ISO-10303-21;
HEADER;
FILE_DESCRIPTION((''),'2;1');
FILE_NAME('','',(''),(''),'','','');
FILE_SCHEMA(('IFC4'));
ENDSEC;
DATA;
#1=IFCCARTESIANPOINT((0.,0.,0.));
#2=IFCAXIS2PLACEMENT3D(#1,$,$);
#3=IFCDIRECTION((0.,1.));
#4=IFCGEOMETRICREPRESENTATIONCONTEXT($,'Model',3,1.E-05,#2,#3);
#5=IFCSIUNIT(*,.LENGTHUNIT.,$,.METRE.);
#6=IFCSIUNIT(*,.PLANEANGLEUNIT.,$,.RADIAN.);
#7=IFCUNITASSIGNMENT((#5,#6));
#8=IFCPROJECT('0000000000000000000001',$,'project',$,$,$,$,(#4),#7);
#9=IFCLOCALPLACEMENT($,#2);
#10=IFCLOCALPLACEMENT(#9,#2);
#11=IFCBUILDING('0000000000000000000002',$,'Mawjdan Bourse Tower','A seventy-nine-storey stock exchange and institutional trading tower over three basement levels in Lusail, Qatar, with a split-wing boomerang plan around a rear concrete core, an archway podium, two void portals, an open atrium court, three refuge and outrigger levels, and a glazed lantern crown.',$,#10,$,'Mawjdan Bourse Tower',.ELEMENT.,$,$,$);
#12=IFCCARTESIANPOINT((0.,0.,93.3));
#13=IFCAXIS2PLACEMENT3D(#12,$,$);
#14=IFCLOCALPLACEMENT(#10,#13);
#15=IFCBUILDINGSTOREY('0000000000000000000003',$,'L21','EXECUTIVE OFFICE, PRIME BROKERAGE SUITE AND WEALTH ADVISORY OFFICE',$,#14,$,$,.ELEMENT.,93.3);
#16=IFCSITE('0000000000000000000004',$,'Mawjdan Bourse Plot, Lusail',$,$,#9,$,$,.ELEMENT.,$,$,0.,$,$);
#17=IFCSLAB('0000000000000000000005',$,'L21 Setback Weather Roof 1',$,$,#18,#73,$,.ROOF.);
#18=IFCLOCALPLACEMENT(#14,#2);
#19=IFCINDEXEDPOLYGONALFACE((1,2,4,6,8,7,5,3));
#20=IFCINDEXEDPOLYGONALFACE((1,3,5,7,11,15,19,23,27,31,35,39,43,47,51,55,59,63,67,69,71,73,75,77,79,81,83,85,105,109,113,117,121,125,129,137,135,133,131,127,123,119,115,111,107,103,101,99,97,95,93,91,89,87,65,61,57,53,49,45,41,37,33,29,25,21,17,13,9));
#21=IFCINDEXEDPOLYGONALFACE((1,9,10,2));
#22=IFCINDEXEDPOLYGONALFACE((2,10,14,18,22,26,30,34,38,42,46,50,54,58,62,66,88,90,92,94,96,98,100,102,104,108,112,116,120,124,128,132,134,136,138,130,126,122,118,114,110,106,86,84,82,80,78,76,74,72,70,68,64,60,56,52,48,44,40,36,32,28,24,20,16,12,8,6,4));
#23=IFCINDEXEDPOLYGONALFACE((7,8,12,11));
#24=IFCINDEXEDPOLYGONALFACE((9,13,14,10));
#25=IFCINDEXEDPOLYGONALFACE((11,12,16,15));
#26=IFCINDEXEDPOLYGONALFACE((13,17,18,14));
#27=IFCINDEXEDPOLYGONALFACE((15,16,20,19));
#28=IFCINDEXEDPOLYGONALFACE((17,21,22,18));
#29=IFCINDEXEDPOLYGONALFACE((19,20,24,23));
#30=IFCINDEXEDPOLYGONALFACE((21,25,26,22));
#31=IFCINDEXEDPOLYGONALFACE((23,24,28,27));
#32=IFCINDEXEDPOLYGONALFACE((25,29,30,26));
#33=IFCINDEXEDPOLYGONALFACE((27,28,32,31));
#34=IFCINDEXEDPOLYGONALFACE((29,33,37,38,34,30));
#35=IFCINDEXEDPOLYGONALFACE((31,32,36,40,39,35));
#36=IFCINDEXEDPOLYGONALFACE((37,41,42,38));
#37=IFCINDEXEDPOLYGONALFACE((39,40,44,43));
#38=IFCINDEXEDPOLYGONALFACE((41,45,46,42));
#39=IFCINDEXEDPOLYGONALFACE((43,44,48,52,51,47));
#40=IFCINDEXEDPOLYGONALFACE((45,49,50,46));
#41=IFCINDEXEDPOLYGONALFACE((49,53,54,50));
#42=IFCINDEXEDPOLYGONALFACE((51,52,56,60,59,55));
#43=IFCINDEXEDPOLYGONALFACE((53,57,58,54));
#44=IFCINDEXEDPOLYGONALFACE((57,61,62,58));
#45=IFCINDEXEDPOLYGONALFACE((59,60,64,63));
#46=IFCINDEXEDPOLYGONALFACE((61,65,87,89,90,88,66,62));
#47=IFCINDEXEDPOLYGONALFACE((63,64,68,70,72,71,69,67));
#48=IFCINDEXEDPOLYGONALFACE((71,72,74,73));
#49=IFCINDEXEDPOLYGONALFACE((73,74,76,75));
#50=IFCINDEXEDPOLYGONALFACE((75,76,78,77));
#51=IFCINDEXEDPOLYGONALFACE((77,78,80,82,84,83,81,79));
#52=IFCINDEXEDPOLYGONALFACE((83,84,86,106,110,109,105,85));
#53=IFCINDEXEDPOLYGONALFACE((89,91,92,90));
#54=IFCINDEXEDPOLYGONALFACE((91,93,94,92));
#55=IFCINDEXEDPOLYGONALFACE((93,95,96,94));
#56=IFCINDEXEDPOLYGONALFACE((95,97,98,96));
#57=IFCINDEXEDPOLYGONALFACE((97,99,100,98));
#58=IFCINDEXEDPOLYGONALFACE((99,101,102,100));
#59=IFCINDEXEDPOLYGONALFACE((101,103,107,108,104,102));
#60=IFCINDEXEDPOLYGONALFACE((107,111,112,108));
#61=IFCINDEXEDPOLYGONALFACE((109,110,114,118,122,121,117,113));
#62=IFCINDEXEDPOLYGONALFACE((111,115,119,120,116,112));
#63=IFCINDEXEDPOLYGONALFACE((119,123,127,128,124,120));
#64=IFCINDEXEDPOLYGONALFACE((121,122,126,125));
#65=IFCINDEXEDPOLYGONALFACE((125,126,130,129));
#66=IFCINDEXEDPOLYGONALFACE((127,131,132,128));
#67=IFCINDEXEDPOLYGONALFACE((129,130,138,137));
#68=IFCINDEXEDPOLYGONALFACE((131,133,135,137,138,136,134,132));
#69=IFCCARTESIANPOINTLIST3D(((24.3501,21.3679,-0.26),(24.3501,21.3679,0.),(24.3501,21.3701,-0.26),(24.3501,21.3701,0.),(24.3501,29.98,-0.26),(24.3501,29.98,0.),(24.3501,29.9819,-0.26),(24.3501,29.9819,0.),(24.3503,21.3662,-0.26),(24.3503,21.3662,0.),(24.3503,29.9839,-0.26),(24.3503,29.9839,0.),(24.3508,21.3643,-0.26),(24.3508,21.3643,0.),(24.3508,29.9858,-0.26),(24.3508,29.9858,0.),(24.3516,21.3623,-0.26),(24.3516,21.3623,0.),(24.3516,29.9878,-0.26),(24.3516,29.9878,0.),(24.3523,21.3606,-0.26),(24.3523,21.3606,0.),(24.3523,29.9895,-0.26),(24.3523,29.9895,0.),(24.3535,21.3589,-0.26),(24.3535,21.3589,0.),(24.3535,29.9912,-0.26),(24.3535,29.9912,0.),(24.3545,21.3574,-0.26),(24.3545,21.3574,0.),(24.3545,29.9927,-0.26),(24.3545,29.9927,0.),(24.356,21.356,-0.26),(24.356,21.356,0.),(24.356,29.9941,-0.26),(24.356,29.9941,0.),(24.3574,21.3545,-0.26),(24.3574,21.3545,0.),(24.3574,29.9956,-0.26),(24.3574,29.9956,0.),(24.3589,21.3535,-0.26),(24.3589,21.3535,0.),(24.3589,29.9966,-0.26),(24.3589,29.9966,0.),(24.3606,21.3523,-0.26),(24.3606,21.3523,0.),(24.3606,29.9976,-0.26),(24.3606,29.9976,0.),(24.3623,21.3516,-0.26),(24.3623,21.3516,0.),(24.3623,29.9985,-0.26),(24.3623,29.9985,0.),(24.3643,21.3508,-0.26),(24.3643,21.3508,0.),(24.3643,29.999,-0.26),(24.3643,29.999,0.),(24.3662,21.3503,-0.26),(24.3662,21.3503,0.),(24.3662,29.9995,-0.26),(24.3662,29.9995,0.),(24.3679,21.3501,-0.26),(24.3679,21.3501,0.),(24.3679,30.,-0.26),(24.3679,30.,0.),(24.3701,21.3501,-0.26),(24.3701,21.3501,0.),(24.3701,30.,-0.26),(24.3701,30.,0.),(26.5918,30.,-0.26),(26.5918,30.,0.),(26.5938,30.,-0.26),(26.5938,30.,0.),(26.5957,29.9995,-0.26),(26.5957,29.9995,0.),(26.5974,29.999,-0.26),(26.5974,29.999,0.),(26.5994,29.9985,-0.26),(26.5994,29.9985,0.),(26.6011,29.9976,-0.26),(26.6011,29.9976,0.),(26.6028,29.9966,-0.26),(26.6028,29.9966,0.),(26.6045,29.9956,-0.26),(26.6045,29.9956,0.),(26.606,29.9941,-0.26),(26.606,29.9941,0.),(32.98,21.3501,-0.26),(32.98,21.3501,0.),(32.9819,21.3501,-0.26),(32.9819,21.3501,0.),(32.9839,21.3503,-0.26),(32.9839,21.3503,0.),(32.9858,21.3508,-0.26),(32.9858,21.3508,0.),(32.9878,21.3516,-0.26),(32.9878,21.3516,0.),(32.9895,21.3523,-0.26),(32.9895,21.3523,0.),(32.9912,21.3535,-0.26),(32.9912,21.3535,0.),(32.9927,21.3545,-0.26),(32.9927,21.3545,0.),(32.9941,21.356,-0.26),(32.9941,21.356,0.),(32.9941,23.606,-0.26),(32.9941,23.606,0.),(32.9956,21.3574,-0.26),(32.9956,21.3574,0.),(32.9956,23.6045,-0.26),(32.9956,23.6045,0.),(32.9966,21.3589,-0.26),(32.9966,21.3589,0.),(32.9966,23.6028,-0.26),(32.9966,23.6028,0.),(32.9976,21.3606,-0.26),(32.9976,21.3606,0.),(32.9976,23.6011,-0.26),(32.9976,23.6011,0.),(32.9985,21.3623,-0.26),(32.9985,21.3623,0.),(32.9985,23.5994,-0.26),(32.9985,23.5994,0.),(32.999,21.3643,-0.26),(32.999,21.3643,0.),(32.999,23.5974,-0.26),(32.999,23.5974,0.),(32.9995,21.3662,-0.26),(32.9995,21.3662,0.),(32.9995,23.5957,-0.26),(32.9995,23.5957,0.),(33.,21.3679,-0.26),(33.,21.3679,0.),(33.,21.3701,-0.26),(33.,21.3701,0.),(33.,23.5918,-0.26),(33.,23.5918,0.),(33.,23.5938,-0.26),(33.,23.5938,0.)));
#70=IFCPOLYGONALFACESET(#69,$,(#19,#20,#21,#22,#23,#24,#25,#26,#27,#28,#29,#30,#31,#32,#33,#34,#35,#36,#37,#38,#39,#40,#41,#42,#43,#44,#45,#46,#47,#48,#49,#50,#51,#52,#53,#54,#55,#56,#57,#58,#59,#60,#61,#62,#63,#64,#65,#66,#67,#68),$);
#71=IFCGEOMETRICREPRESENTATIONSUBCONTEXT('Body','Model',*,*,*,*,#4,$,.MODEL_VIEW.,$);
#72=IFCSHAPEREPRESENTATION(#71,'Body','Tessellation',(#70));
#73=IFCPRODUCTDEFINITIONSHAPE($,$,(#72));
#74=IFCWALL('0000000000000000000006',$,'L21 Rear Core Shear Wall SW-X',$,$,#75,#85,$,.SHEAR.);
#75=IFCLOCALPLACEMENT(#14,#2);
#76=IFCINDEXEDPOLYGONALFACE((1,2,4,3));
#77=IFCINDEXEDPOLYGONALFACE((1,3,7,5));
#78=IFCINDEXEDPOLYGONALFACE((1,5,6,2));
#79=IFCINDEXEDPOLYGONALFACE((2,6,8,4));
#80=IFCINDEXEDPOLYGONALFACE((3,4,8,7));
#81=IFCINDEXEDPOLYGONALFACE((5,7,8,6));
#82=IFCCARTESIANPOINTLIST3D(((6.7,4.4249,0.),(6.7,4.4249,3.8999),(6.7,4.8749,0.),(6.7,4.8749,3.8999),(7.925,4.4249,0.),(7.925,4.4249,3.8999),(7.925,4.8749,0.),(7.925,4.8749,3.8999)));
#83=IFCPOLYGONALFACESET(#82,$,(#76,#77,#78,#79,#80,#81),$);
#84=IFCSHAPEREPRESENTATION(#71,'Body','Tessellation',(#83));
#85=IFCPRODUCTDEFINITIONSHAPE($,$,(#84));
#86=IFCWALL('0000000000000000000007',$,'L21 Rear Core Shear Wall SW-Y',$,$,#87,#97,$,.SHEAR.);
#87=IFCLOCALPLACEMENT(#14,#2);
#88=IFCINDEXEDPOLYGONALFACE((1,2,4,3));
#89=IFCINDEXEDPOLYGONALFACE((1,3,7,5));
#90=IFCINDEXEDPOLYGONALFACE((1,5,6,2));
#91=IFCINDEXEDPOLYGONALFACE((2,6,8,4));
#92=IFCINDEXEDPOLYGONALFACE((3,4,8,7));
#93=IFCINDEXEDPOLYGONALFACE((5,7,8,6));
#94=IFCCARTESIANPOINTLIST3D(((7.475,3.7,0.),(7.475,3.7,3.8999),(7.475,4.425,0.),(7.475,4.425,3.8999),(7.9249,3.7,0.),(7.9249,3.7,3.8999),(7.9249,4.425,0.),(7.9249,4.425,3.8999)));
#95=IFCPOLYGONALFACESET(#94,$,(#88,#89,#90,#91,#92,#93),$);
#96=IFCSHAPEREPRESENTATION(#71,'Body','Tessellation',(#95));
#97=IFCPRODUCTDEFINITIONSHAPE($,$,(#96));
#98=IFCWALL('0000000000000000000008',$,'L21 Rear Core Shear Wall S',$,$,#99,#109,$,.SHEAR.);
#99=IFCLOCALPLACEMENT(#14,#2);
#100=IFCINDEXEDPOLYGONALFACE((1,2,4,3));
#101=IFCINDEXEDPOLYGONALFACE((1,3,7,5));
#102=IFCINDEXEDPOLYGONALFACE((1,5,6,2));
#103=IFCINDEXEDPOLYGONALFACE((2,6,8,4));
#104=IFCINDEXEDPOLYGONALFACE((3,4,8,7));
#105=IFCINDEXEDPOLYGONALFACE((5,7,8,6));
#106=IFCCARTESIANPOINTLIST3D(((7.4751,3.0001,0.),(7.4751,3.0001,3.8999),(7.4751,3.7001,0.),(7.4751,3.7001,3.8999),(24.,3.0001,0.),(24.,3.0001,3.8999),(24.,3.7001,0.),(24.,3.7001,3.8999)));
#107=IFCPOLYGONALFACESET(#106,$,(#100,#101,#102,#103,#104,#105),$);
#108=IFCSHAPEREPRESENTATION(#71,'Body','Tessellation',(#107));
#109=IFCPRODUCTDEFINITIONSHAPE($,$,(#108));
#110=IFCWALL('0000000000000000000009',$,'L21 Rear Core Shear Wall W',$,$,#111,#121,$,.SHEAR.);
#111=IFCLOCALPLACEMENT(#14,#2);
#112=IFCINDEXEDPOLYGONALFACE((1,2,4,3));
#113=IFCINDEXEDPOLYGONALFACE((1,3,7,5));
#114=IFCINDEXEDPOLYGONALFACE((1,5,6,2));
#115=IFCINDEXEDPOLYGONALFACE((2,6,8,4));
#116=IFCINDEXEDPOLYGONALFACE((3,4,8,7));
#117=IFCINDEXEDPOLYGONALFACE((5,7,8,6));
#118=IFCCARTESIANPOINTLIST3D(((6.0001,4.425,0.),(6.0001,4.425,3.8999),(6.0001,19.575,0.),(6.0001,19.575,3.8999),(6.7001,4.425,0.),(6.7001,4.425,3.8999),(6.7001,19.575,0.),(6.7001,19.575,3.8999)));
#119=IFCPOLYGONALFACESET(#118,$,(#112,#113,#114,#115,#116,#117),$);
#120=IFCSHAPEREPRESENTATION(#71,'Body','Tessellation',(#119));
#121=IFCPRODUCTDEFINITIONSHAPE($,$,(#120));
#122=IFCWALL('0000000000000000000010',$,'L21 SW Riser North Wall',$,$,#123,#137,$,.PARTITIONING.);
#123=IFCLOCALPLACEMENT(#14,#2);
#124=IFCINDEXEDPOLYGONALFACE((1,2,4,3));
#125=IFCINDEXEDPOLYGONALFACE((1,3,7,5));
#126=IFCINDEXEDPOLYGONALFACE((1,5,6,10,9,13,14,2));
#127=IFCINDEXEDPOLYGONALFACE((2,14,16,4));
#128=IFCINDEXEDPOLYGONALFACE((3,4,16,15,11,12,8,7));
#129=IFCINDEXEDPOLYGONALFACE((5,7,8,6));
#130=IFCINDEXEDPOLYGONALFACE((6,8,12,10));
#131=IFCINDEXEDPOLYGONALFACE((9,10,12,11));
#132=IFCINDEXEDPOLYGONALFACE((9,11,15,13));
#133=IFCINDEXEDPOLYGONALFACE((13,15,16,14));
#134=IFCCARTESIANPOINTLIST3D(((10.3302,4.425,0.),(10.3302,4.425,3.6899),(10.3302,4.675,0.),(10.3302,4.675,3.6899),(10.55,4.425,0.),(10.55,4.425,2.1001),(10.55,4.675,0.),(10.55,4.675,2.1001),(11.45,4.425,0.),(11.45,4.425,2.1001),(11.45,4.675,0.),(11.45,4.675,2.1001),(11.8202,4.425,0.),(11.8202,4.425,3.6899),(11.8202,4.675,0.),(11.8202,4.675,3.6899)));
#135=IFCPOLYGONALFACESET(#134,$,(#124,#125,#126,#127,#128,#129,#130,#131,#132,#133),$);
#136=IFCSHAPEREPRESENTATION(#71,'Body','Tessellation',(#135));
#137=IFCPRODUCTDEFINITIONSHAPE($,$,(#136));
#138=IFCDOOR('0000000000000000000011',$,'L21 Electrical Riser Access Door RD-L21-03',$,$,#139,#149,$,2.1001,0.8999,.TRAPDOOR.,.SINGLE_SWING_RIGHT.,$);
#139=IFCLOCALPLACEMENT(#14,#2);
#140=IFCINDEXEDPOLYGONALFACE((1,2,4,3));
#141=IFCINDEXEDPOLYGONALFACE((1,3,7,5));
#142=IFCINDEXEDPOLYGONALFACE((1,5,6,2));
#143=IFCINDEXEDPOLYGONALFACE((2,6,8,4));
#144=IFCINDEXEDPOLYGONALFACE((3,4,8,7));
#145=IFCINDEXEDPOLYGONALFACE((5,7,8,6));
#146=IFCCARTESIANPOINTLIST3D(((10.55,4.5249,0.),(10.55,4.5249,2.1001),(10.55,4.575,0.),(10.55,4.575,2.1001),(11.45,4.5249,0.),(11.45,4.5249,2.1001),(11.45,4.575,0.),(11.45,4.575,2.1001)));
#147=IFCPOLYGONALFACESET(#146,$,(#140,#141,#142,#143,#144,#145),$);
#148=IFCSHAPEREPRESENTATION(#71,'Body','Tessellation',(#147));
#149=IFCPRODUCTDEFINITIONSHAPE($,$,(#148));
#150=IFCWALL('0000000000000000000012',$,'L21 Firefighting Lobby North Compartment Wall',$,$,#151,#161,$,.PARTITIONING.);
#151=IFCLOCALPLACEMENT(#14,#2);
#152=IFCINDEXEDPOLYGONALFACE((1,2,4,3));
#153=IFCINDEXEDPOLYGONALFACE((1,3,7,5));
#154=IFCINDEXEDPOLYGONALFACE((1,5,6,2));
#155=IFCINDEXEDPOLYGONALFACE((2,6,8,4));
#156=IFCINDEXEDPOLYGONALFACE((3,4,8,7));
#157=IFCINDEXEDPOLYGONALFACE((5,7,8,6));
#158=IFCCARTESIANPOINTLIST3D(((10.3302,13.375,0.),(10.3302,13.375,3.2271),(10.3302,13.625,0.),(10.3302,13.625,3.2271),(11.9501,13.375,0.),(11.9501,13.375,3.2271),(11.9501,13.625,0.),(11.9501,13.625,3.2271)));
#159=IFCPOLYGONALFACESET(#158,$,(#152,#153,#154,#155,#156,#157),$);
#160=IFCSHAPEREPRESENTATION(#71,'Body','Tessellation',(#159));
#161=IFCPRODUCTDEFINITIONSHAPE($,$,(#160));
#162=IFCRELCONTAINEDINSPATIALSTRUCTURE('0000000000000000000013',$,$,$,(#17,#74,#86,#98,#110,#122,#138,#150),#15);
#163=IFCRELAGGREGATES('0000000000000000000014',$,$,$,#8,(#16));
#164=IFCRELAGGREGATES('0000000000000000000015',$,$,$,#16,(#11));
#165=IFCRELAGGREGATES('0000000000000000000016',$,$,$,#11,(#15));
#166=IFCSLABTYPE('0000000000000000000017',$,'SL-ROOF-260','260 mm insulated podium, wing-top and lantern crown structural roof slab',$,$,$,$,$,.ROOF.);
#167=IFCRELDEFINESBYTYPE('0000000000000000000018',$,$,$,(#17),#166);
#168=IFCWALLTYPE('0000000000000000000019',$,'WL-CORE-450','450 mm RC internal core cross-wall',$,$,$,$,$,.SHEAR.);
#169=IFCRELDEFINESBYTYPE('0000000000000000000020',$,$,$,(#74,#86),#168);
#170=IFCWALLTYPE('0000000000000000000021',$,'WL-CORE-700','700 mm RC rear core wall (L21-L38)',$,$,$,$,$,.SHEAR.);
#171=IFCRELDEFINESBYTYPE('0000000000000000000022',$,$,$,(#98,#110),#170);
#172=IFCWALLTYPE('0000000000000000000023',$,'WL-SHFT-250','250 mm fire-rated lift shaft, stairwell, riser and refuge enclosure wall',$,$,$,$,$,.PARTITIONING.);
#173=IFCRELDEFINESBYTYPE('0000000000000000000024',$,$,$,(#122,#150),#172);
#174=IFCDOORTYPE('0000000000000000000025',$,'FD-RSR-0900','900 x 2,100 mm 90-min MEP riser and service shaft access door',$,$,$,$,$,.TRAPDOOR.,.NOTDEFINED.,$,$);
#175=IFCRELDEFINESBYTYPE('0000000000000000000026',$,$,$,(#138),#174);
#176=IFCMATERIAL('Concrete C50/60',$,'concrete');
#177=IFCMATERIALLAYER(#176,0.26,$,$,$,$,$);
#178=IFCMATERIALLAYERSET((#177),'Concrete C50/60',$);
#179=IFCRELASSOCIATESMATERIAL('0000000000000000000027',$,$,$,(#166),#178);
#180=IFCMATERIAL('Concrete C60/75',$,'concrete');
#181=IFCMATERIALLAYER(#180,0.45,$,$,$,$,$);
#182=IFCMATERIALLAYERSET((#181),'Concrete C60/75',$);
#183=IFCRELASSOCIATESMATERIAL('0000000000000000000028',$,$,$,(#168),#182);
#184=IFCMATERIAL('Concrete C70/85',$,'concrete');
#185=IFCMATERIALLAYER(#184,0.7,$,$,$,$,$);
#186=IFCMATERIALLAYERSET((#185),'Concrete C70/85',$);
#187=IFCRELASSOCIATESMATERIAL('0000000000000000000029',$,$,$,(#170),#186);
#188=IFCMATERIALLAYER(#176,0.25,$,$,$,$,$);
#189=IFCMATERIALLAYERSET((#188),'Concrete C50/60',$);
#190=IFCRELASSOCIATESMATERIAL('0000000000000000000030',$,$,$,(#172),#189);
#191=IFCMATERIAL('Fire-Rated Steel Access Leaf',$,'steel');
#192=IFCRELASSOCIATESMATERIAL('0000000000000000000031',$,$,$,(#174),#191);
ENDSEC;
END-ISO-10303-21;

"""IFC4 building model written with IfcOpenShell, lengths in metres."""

from ifc_helpers import new_model, si_unit, direction, frame, frame_2d, origin, place, context, subcontext, project, spatial, polyline, rectangle, outline, extrude, material, layer, layer_set, type_object, element, fill, save


model = new_model("IFC4")

# Units and contexts
model_context = context("Model", 3, precision=1e-05, world=origin(), true_north=direction((0.0, 1.0)))
body_context = subcontext(model_context, "Body", "Model", "MODEL_VIEW")
ifc_project = project(units=[si_unit("LENGTHUNIT", "METRE"), si_unit("PLANEANGLEUNIT", "RADIAN")], contexts=[model_context])

# Site, building, storey
site_placement = place(None, origin())
site = spatial("IfcSite", under=ifc_project, at=site_placement, Name="Mawjdan Bourse Plot, Lusail", CompositionType="ELEMENT", RefElevation=0.0)
building_placement = place(site_placement, origin())
building = spatial("IfcBuilding", under=site, at=building_placement, Name="Mawjdan Bourse Tower", Description="A seventy-nine-storey stock exchange and institutional trading tower over three basement levels in Lusail, Qatar, with a split-wing boomerang plan around a rear concrete core, an archway podium, two void portals, an open atrium court, three refuge and outrigger levels, and a glazed lantern crown.", LongName="Mawjdan Bourse Tower", CompositionType="ELEMENT")
storey_placement = place(building_placement, frame((0.0, 0.0, 93.3)))
storey = spatial("IfcBuildingStorey", under=building, at=storey_placement, Name="L21", Description="EXECUTIVE OFFICE, PRIME BROKERAGE SUITE AND WEALTH ADVISORY OFFICE", CompositionType="ELEMENT", Elevation=93.3)

# Shared definitions
ifc_material_1 = material(Name="Concrete C50/60", Category="concrete")

# Slab
ifc_layer_1 = layer(ifc_material_1, 0.26)
ifc_layer_set_1 = layer_set([ifc_layer_1], Name="Concrete C50/60")
slab_type_1 = type_object("IfcSlabType", Name="SL-ROOF-260", Description="260 mm insulated podium, wing-top and lantern crown structural roof slab", PredefinedType="ROOF", material=ifc_layer_set_1)
slab_1_placement = place(storey_placement, frame((0.0, 0.0, -0.26)))
element("IfcSlab", 1, at=slab_1_placement, inside=storey, type_object=slab_type_1, Name="L21 Setback Weather Roof 1", PredefinedType="ROOF", context=body_context, shape_type="SweptSolid", body=[
    extrude(outline(polyline([(26.606, 29.9941), (26.6045, 29.9956), (26.6028, 29.9966), (26.6011, 29.9976), (26.5994, 29.9985), (26.5974, 29.999), (26.5957, 29.9995), (26.5938, 30.0), (26.5918, 30.0), (24.3701, 30.0), (24.3679, 30.0), (24.3662, 29.9995), (24.3643, 29.999), (24.3623, 29.9985), (24.3606, 29.9976), (24.3589, 29.9966), (24.3574, 29.9956), (24.356, 29.9941), (24.3545, 29.9927), (24.3535, 29.9912), (24.3523, 29.9895), (24.3516, 29.9878), (24.3508, 29.9858), (24.3503, 29.9839), (24.3501, 29.9819), (24.3501, 29.98), (24.3501, 21.3701), (24.3501, 21.3679), (24.3503, 21.3662), (24.3508, 21.3643), (24.3516, 21.3623), (24.3523, 21.3606), (24.3535, 21.3589), (24.3545, 21.3574), (24.356, 21.356), (24.3574, 21.3545), (24.3589, 21.3535), (24.3606, 21.3523), (24.3623, 21.3516), (24.3643, 21.3508), (24.3662, 21.3503), (24.3679, 21.3501), (24.3701, 21.3501), (32.98, 21.3501), (32.9819, 21.3501), (32.9839, 21.3503), (32.9858, 21.3508), (32.9878, 21.3516), (32.9895, 21.3523), (32.9912, 21.3535), (32.9927, 21.3545), (32.9941, 21.356), (32.9956, 21.3574), (32.9966, 21.3589), (32.9976, 21.3606), (32.9985, 21.3623), (32.999, 21.3643), (32.9995, 21.3662), (33.0, 21.3679), (33.0, 21.3701), (33.0, 23.5918), (33.0, 23.5938), (32.9995, 23.5957), (32.999, 23.5974), (32.9985, 23.5994), (32.9976, 23.6011), (32.9966, 23.6028), (32.9956, 23.6045), (32.9941, 23.606), (26.606, 29.9941)])), origin(), (0.0, 0.0, 1.0), 0.26),
])

# Walls
ifc_material_2 = material(Name="Concrete C60/75", Category="concrete")
ifc_layer_2 = layer(ifc_material_2, 0.45)
ifc_layer_set_2 = layer_set([ifc_layer_2], Name="Concrete C60/75")
wall_type_1 = type_object("IfcWallType", Name="WL-CORE-450", Description="450 mm RC internal core cross-wall", PredefinedType="SHEAR", material=ifc_layer_set_2)
wall_1_placement = place(storey_placement, frame((6.7, 4.6499, 0.0), z_axis=(0.0, 0.0, 1.0), x_axis=(1.0, 0.0, 0.0)))
element("IfcWall", 2, at=wall_1_placement, inside=storey, type_object=wall_type_1, Name="L21 Rear Core Shear Wall SW-X", PredefinedType="SHEAR", context=body_context, shape_type="SweptSolid", body=[
    extrude(rectangle(XDim=1.2251, YDim=0.45, at=frame_2d((0.6125, 0.0))), origin(), (0.0, 0.0, 1.0), 3.8999),
])
wall_2_placement = place(storey_placement, frame((7.7, 3.7, 0.0), z_axis=(0.0, 0.0, 1.0), x_axis=(0.0, 1.0, 0.0)))
element("IfcWall", 3, at=wall_2_placement, inside=storey, type_object=wall_type_1, Name="L21 Rear Core Shear Wall SW-Y", PredefinedType="SHEAR", context=body_context, shape_type="SweptSolid", body=[
    extrude(rectangle(XDim=0.7251, YDim=0.45, at=frame_2d((0.3625, 0.0))), origin(), (0.0, 0.0, 1.0), 3.8999),
])
ifc_material_3 = material(Name="Concrete C70/85", Category="concrete")
ifc_layer_3 = layer(ifc_material_3, 0.7)
ifc_layer_set_3 = layer_set([ifc_layer_3], Name="Concrete C70/85")
wall_type_2 = type_object("IfcWallType", Name="WL-CORE-700", Description="700 mm RC rear core wall (L21-L38)", PredefinedType="SHEAR", material=ifc_layer_set_3)
wall_3_placement = place(storey_placement, frame((7.4751, 3.3501, 0.0), z_axis=(0.0, 0.0, 1.0), x_axis=(1.0, 0.0, 0.0)))
element("IfcWall", 4, at=wall_3_placement, inside=storey, type_object=wall_type_2, Name="L21 Rear Core Shear Wall S", PredefinedType="SHEAR", context=body_context, shape_type="SweptSolid", body=[
    extrude(rectangle(XDim=16.5249, YDim=0.7, at=frame_2d((8.2625, 0.0))), origin(), (0.0, 0.0, 1.0), 3.8999),
])
wall_4_placement = place(storey_placement, frame((6.3501, 4.425, 0.0), z_axis=(0.0, 0.0, 1.0), x_axis=(0.0, 1.0, 0.0)))
element("IfcWall", 5, at=wall_4_placement, inside=storey, type_object=wall_type_2, Name="L21 Rear Core Shear Wall W", PredefinedType="SHEAR", context=body_context, shape_type="SweptSolid", body=[
    extrude(rectangle(XDim=15.1499, YDim=0.7, at=frame_2d((7.575, 0.0))), origin(), (0.0, 0.0, 1.0), 3.8999),
])

# Wall, opening, door
ifc_layer_4 = layer(ifc_material_1, 0.25)
ifc_layer_set_4 = layer_set([ifc_layer_4], Name="Concrete C50/60")
wall_type_3 = type_object("IfcWallType", Name="WL-SHFT-250", Description="250 mm fire-rated lift shaft, stairwell, riser and refuge enclosure wall", PredefinedType="PARTITIONING", material=ifc_layer_set_4)
wall_5_placement = place(storey_placement, frame((10.3301, 4.55, 0.0), z_axis=(0.0, 0.0, 1.0), x_axis=(1.0, 0.0, 0.0)))
wall_5 = element("IfcWall", 6, at=wall_5_placement, inside=storey, type_object=wall_type_3, Name="L21 SW Riser North Wall", PredefinedType="PARTITIONING", context=body_context, shape_type="SweptSolid", body=[
    extrude(rectangle(XDim=1.49, YDim=0.25, at=frame_2d((0.7451, 0.0))), origin(), (0.0, 0.0, 1.0), 3.6899),
])
opening_1_placement = place(wall_5_placement, frame((0.22, 0.0, 0.0)))
opening_1 = element("IfcOpeningElement", 7, at=opening_1_placement, cuts=wall_5, PredefinedType="OPENING", context=body_context, shape_type="SweptSolid", body=[
    extrude(rectangle(XDim=0.8999, YDim=2.1001, at=frame_2d((0.45, 1.05))), frame((0.0, 0.135, 0.0), z_axis=(0.0, -1.0, 0.0), x_axis=(1.0, 0.0, 0.0)), (0.0, 0.0, 1.0), 0.27),
])
ifc_material_4 = material(Name="Fire-Rated Steel Access Leaf", Category="steel")
door_type_1 = type_object("IfcDoorType", Name="FD-RSR-0900", Description="900 x 2,100 mm 90-min MEP riser and service shaft access door", OperationType="NOTDEFINED", PredefinedType="TRAPDOOR", material=ifc_material_4)
door_1_placement = place(opening_1_placement, origin())
door_1 = element("IfcDoor", 8, at=door_1_placement, inside=storey, type_object=door_type_1, Name="L21 Electrical Riser Access Door RD-L21-03", OperationType="SINGLE_SWING_RIGHT", OverallHeight=2.1001, OverallWidth=0.8999, PredefinedType="TRAPDOOR", context=body_context, shape_type="SweptSolid", body=[
    extrude(rectangle(XDim=0.8999, YDim=2.1001, at=frame_2d((0.45, 1.05))), frame((0.0, 0.0249, 0.0), z_axis=(0.0, -1.0, 0.0), x_axis=(1.0, 0.0, 0.0)), (0.0, 0.0, 1.0), 0.05),
])
fill(opening_1, door_1)

# Wall
wall_6_placement = place(storey_placement, frame((10.3301, 13.5, 0.0), z_axis=(0.0, 0.0, 1.0), x_axis=(1.0, 0.0, 0.0)))
element("IfcWall", 9, at=wall_6_placement, inside=storey, type_object=wall_type_3, Name="L21 Firefighting Lobby North Compartment Wall", PredefinedType="PARTITIONING", context=body_context, shape_type="SweptSolid", body=[
    extrude(rectangle(XDim=1.6199, YDim=0.25, at=frame_2d((0.8101, 0.0))), origin(), (0.0, 0.0, 1.0), 3.2271),
])

save(model, "model.ifc")
